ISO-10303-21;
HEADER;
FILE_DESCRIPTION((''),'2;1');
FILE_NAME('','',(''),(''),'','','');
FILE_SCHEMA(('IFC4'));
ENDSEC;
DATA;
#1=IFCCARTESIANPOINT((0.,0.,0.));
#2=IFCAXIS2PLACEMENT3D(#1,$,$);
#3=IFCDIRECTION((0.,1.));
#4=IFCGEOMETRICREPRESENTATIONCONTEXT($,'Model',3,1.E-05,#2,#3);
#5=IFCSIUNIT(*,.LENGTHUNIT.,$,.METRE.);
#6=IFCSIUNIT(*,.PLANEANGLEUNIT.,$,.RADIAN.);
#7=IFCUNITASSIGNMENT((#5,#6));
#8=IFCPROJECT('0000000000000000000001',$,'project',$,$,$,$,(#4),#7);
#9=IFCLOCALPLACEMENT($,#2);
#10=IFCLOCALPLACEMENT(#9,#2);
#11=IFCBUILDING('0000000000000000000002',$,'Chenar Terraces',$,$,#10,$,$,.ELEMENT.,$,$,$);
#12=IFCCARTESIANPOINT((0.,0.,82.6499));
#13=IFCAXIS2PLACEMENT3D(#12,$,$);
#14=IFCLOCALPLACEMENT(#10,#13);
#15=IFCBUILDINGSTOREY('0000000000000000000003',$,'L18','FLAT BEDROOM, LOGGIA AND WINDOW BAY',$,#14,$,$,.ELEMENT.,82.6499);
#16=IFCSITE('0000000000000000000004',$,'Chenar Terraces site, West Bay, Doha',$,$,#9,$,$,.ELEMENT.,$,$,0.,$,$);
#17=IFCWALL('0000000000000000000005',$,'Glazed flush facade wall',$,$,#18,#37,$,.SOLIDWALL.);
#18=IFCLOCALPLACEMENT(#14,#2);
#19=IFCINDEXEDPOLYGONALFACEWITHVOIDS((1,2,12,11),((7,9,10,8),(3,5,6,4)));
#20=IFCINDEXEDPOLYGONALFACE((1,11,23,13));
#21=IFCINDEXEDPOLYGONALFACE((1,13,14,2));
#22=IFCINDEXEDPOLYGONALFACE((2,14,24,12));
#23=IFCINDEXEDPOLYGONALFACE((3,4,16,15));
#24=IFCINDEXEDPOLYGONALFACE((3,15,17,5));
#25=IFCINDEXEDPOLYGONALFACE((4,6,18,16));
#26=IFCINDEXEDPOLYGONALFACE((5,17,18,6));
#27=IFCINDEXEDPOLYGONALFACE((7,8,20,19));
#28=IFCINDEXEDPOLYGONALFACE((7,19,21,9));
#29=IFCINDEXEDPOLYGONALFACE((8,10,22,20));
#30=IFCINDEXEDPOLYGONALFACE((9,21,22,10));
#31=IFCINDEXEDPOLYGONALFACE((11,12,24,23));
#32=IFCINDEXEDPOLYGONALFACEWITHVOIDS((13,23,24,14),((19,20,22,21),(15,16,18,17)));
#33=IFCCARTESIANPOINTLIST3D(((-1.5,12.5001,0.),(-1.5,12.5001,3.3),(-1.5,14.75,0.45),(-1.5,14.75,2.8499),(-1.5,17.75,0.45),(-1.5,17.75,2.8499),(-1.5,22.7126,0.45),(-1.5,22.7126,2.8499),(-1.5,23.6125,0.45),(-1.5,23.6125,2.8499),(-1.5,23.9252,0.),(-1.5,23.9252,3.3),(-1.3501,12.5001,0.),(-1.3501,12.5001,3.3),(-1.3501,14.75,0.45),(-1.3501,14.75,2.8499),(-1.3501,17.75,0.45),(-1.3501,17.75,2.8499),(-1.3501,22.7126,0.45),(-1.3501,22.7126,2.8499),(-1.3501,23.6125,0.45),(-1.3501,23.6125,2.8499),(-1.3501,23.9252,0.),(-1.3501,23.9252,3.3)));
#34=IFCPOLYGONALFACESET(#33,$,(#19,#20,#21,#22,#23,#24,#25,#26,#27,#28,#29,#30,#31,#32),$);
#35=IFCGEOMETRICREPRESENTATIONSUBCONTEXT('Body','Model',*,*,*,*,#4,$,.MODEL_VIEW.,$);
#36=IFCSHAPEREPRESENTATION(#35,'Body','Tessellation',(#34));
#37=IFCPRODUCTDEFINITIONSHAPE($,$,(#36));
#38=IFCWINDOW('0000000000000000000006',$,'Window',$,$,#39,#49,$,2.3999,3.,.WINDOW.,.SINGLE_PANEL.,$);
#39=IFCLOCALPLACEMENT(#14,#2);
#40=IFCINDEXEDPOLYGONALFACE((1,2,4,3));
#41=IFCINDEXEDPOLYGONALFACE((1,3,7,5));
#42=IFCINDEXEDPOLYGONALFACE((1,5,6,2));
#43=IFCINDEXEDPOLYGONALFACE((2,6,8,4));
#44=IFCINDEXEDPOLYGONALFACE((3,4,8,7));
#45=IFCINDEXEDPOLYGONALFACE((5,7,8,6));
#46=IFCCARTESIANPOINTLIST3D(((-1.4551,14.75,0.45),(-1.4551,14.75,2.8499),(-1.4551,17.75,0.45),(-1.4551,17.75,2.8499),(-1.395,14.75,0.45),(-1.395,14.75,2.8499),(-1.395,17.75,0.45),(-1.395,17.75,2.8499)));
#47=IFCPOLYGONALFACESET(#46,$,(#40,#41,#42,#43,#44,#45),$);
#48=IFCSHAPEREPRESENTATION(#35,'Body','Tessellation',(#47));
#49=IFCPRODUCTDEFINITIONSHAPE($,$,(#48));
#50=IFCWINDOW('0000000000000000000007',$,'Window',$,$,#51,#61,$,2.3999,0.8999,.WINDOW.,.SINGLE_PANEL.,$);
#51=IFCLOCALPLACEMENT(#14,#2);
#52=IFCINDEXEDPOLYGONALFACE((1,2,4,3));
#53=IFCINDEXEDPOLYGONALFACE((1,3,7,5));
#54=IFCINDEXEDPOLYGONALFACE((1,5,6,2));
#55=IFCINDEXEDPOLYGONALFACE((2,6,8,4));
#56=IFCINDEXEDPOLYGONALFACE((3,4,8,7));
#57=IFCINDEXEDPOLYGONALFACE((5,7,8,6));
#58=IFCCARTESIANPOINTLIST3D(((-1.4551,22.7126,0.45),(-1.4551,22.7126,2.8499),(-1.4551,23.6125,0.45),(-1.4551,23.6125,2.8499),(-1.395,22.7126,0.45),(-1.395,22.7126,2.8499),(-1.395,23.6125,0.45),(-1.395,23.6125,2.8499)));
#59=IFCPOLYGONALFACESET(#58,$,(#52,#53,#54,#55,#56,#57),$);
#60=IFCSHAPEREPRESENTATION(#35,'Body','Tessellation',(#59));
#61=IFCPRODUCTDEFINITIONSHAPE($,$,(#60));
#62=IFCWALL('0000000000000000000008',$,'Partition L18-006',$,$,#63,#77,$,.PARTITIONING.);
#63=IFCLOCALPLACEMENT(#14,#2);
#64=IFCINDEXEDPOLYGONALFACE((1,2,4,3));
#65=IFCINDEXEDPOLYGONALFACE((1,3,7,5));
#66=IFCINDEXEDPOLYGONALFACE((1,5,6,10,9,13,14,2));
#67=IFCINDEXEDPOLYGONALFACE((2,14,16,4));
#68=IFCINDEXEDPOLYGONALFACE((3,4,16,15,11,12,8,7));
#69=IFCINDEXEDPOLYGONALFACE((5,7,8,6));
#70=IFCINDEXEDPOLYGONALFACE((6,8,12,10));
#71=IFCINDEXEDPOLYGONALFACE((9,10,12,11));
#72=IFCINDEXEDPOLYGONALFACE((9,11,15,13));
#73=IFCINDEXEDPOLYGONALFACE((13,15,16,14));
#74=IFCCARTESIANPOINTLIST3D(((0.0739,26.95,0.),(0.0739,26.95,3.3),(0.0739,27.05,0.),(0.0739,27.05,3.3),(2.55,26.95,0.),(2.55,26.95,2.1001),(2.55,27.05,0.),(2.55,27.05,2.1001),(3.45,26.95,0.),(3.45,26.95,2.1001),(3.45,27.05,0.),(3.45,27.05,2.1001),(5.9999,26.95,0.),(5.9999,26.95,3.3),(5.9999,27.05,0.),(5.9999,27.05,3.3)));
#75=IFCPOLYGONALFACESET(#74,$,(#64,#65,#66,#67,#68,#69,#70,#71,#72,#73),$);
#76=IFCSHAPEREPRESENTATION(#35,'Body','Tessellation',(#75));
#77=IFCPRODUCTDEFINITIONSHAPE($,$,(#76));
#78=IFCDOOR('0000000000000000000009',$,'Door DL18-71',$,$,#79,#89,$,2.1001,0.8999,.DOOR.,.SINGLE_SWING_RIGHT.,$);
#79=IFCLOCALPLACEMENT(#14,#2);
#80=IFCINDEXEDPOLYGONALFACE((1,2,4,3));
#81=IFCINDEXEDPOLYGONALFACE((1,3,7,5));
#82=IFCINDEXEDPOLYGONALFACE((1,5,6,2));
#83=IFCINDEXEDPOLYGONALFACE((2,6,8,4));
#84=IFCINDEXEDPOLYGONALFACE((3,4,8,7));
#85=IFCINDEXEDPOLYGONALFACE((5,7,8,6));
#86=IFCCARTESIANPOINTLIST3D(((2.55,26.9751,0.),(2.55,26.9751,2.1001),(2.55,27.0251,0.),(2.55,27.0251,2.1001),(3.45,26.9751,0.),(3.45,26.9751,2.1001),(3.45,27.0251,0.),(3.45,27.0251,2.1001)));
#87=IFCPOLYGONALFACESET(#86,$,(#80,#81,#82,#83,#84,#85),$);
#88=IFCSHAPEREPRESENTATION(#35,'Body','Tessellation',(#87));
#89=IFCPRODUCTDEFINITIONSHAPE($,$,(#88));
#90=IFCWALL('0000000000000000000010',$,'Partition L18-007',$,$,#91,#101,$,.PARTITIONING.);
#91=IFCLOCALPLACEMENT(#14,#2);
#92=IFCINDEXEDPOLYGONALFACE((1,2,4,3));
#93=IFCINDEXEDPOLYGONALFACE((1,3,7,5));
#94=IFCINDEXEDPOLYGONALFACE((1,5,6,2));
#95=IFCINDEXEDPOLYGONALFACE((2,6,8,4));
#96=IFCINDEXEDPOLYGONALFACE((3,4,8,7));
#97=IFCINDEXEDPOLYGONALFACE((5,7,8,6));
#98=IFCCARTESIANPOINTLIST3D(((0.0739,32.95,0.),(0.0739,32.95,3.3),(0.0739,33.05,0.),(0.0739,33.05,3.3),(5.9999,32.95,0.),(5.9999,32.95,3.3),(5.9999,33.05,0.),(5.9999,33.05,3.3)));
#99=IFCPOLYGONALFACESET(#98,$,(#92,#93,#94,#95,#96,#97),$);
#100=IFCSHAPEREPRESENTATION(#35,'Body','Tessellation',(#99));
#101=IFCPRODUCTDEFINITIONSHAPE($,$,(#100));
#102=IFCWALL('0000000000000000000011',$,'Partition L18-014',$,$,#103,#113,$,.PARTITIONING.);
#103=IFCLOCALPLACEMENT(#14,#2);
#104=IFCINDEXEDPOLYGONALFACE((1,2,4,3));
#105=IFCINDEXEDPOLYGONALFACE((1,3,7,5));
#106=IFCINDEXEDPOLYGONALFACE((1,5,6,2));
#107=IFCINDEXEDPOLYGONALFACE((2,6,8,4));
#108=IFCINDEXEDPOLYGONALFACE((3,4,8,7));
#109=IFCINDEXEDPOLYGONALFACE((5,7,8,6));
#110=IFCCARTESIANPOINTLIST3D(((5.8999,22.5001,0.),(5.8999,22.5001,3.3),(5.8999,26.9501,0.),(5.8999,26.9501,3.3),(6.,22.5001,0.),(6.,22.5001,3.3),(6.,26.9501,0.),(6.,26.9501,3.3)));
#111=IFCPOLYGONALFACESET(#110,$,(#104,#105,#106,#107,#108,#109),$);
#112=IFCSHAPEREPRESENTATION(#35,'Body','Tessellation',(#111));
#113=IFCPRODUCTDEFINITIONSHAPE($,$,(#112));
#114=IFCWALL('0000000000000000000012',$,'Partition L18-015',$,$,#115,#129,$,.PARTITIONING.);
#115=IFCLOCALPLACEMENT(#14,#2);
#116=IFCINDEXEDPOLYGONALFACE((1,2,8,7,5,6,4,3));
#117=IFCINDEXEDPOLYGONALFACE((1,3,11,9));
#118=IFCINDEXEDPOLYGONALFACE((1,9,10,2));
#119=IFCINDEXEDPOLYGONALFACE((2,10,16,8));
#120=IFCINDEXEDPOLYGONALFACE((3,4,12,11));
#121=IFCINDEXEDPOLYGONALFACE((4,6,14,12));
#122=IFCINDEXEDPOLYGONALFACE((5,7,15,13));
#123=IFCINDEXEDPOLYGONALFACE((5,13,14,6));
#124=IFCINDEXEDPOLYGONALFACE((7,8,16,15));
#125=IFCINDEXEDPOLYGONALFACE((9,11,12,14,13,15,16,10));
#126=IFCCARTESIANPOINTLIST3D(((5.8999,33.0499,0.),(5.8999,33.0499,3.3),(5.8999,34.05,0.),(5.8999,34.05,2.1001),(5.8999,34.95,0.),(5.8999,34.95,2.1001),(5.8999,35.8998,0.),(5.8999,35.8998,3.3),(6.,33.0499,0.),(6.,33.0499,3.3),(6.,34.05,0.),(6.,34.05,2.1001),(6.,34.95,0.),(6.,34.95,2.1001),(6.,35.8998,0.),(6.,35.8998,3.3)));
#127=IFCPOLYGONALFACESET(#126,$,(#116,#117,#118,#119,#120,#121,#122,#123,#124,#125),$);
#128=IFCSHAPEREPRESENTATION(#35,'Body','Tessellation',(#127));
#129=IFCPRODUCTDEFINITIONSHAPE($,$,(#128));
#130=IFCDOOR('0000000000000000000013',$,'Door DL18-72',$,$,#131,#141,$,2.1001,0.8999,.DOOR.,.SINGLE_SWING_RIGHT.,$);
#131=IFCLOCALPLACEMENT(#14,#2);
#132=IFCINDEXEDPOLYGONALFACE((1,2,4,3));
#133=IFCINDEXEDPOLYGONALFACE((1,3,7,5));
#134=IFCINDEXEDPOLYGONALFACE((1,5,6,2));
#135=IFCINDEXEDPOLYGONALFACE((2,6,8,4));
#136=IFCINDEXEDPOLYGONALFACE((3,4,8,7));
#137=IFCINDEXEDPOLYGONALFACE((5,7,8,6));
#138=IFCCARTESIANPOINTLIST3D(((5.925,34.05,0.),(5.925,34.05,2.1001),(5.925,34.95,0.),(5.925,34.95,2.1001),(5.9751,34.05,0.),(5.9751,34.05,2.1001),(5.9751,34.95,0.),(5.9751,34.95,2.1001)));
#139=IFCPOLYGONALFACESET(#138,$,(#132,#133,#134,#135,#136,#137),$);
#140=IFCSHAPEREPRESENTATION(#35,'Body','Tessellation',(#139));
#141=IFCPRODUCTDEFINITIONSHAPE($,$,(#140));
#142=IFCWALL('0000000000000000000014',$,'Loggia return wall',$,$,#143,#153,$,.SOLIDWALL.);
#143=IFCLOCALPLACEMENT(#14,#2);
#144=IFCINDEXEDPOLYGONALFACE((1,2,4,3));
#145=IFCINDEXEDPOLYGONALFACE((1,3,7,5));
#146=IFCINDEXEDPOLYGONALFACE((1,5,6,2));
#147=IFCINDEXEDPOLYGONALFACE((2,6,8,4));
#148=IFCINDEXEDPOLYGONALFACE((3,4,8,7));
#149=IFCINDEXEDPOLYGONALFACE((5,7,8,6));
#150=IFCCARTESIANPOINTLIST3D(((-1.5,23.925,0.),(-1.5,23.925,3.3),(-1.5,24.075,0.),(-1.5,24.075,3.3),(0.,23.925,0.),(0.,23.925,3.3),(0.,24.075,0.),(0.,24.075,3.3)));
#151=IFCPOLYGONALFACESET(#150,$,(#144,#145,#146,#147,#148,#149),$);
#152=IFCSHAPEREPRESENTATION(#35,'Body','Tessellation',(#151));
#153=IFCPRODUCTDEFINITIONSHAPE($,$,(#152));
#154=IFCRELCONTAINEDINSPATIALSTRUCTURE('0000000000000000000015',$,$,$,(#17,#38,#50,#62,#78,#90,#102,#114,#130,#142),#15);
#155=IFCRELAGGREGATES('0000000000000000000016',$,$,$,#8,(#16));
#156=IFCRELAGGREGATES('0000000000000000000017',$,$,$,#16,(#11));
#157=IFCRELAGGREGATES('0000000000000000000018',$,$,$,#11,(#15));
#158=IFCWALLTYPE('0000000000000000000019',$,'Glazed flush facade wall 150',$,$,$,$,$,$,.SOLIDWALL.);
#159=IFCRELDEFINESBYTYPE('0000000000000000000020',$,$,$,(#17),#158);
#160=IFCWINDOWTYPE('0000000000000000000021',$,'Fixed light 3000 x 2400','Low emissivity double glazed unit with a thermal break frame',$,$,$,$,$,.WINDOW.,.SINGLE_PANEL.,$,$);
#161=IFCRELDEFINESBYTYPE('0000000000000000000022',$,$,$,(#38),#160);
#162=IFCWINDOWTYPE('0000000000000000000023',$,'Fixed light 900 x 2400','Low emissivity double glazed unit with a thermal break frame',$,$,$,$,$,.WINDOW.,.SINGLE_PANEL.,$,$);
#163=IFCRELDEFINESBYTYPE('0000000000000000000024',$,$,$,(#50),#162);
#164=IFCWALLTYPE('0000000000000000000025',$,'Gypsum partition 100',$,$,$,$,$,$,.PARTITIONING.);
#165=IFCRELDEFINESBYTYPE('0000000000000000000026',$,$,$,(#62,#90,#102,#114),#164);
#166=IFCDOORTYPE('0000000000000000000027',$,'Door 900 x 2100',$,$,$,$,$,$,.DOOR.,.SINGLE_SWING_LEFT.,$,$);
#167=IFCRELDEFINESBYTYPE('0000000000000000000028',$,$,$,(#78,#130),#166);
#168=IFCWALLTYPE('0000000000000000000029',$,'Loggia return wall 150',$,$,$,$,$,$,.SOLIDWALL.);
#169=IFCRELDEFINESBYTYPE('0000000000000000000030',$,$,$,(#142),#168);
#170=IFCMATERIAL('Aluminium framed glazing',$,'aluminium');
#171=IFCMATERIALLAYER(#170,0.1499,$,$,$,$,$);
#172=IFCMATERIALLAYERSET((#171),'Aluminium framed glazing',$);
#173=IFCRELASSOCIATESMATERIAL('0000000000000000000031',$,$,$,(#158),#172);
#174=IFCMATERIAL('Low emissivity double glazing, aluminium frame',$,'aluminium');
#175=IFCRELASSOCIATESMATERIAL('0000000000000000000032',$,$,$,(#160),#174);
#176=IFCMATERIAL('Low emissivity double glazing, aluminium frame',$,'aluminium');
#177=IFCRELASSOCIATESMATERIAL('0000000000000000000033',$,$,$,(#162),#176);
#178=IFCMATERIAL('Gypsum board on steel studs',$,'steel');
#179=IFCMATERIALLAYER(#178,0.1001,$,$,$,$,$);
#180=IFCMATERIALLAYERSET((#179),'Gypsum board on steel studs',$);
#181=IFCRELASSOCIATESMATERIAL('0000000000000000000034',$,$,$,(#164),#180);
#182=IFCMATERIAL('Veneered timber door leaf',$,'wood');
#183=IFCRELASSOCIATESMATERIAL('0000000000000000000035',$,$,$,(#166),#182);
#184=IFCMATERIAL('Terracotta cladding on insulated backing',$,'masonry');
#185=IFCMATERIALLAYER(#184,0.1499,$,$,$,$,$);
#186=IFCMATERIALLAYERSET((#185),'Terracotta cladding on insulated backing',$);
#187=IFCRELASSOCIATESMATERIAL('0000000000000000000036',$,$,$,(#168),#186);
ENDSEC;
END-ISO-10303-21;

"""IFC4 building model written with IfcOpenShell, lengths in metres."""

from ifc_helpers import new_model, si_unit, direction, frame, frame_2d, origin, place, context, subcontext, project, spatial, rectangle, extrude, material, layer, layer_set, type_object, element, fill, save


model = new_model("IFC4")

# Units and contexts
model_context = context("Model", 3, precision=1e-05, world=origin(), true_north=direction((0.0, 1.0)))
body_context = subcontext(model_context, "Body", "Model", "MODEL_VIEW")
ifc_project = project(units=[si_unit("LENGTHUNIT", "METRE"), si_unit("PLANEANGLEUNIT", "RADIAN")], contexts=[model_context])

# Site, building, storey
site_placement = place(None, origin())
site = spatial("IfcSite", under=ifc_project, at=site_placement, Name="Chenar Terraces site, West Bay, Doha", CompositionType="ELEMENT", RefElevation=0.0)
building_placement = place(site_placement, origin())
building = spatial("IfcBuilding", under=site, at=building_placement, Name="Chenar Terraces", CompositionType="ELEMENT")
storey_placement = place(building_placement, frame((0.0, 0.0, 82.6499)))
storey = spatial("IfcBuildingStorey", under=building, at=storey_placement, Name="L18", Description="FLAT BEDROOM, LOGGIA AND WINDOW BAY", CompositionType="ELEMENT", Elevation=82.6499)

# Wall, openings, windows
ifc_material_1 = material(Name="Aluminium framed glazing", Category="aluminium")
ifc_layer_1 = layer(ifc_material_1, 0.1499)
ifc_layer_set_1 = layer_set([ifc_layer_1], Name="Aluminium framed glazing")
wall_type_1 = type_object("IfcWallType", Name="Glazed flush facade wall 150", PredefinedType="SOLIDWALL", material=ifc_layer_set_1)
wall_1_placement = place(storey_placement, frame((-1.425, 23.925, 0.0), z_axis=(0.0, 0.0, 1.0), x_axis=(0.0, -1.0, 0.0)))
wall_1 = element("IfcWall", 1, at=wall_1_placement, inside=storey, type_object=wall_type_1, Name="Glazed flush facade wall", PredefinedType="SOLIDWALL", context=body_context, shape_type="SweptSolid", body=[
    extrude(rectangle(XDim=11.425, YDim=0.1499, at=frame_2d((5.7124, 0.0))), origin(), (0.0, 0.0, 1.0), 3.3),
])
opening_1_placement = place(wall_1_placement, frame((0.3125, 0.0, 0.45)))
opening_1 = element("IfcOpeningElement", 2, at=opening_1_placement, cuts=wall_1, PredefinedType="OPENING", context=body_context, shape_type="SweptSolid", body=[
    extrude(rectangle(XDim=0.8999, YDim=2.3999, at=frame_2d((0.45, 1.2))), frame((0.0, 0.085, 0.0), z_axis=(0.0, -1.0, 0.0), x_axis=(1.0, 0.0, 0.0)), (0.0, 0.0, 1.0), 0.1699),
])
opening_2_placement = place(wall_1_placement, frame((6.175, 0.0, 0.45)))
opening_2 = element("IfcOpeningElement", 3, at=opening_2_placement, cuts=wall_1, PredefinedType="OPENING", context=body_context, shape_type="SweptSolid", body=[
    extrude(rectangle(XDim=3.0, YDim=2.3999, at=frame_2d((1.5, 1.2))), frame((0.0, 0.085, 0.0), z_axis=(0.0, -1.0, 0.0), x_axis=(1.0, 0.0, 0.0)), (0.0, 0.0, 1.0), 0.1699),
])
ifc_material_2 = material(Name="Low emissivity double glazing, aluminium frame", Category="aluminium")
window_type_1 = type_object("IfcWindowType", Name="Fixed light 3000 x 2400", Description="Low emissivity double glazed unit with a thermal break frame", PartitioningType="SINGLE_PANEL", PredefinedType="WINDOW", material=ifc_material_2)
window_1_placement = place(opening_2_placement, origin())
window_1 = element("IfcWindow", 4, at=window_1_placement, inside=storey, type_object=window_type_1, Name="Window", OverallHeight=2.3999, OverallWidth=3.0, PartitioningType="SINGLE_PANEL", PredefinedType="WINDOW", context=body_context, shape_type="SweptSolid", body=[
    extrude(rectangle(XDim=3.0, YDim=2.3999, at=frame_2d((1.5, 1.2))), frame((0.0, 0.03, 0.0), z_axis=(0.0, -1.0, 0.0), x_axis=(1.0, 0.0, 0.0)), (0.0, 0.0, 1.0), 0.0601),
])
fill(opening_2, window_1)
ifc_material_3 = material(Name="Low emissivity double glazing, aluminium frame", Category="aluminium")
window_type_2 = type_object("IfcWindowType", Name="Fixed light 900 x 2400", Description="Low emissivity double glazed unit with a thermal break frame", PartitioningType="SINGLE_PANEL", PredefinedType="WINDOW", material=ifc_material_3)
window_2_placement = place(opening_1_placement, origin())
window_2 = element("IfcWindow", 5, at=window_2_placement, inside=storey, type_object=window_type_2, Name="Window", OverallHeight=2.3999, OverallWidth=0.8999, PartitioningType="SINGLE_PANEL", PredefinedType="WINDOW", context=body_context, shape_type="SweptSolid", body=[
    extrude(rectangle(XDim=0.8999, YDim=2.3999, at=frame_2d((0.45, 1.2))), frame((0.0, 0.03, 0.0), z_axis=(0.0, -1.0, 0.0), x_axis=(1.0, 0.0, 0.0)), (0.0, 0.0, 1.0), 0.0601),
])
fill(opening_1, window_2)

# Wall, opening, door
ifc_material_4 = material(Name="Gypsum board on steel studs", Category="steel")
ifc_layer_2 = layer(ifc_material_4, 0.1001)
ifc_layer_set_2 = layer_set([ifc_layer_2], Name="Gypsum board on steel studs")
wall_type_2 = type_object("IfcWallType", Name="Gypsum partition 100", PredefinedType="PARTITIONING", material=ifc_layer_set_2)
wall_2_placement = place(storey_placement, frame((0.074, 27.0, 0.0), z_axis=(0.0, 0.0, 1.0), x_axis=(1.0, 0.0, 0.0)))
wall_2 = element("IfcWall", 6, at=wall_2_placement, inside=storey, type_object=wall_type_2, Name="Partition L18-006", PredefinedType="PARTITIONING", context=body_context, shape_type="SweptSolid", body=[
    extrude(rectangle(XDim=5.926, YDim=0.1001, at=frame_2d((2.9629, 0.0))), origin(), (0.0, 0.0, 1.0), 3.3),
])
opening_3_placement = place(wall_2_placement, frame((2.4761, 0.0, 0.0)))
opening_3 = element("IfcOpeningElement", 7, at=opening_3_placement, cuts=wall_2, PredefinedType="OPENING", context=body_context, shape_type="SweptSolid", body=[
    extrude(rectangle(XDim=0.8999, YDim=2.1001, at=frame_2d((0.45, 1.05))), frame((0.0, 0.0601, 0.0), z_axis=(0.0, -1.0, 0.0), x_axis=(1.0, 0.0, 0.0)), (0.0, 0.0, 1.0), 0.1201),
])
ifc_material_5 = material(Name="Veneered timber door leaf", Category="wood")
door_type_1 = type_object("IfcDoorType", Name="Door 900 x 2100", OperationType="SINGLE_SWING_LEFT", PredefinedType="DOOR", material=ifc_material_5)
door_1_placement = place(opening_3_placement, frame((0.8999, 0.0, 0.0), z_axis=(0.0, 0.0, 1.0), x_axis=(-1.0, 0.0, 0.0)))
door_1 = element("IfcDoor", 8, at=door_1_placement, inside=storey, type_object=door_type_1, Name="Door DL18-71", OperationType="SINGLE_SWING_RIGHT", OverallHeight=2.1001, OverallWidth=0.8999, PredefinedType="DOOR", context=body_context, shape_type="SweptSolid", body=[
    extrude(rectangle(XDim=0.8999, YDim=2.1001, at=frame_2d((0.45, 1.05))), frame((0.0, 0.0249, 0.0), z_axis=(0.0, -1.0, 0.0), x_axis=(1.0, 0.0, 0.0)), (0.0, 0.0, 1.0), 0.05),
])
fill(opening_3, door_1)

# Walls
wall_3_placement = place(storey_placement, frame((0.074, 33.0, 0.0), z_axis=(0.0, 0.0, 1.0), x_axis=(1.0, 0.0, 0.0)))
element("IfcWall", 9, at=wall_3_placement, inside=storey, type_object=wall_type_2, Name="Partition L18-007", PredefinedType="PARTITIONING", context=body_context, shape_type="SweptSolid", body=[
    extrude(rectangle(XDim=5.926, YDim=0.1001, at=frame_2d((2.9629, 0.0))), origin(), (0.0, 0.0, 1.0), 3.3),
])
wall_4_placement = place(storey_placement, frame((5.95, 22.5, 0.0), z_axis=(0.0, 0.0, 1.0), x_axis=(0.0, 1.0, 0.0)))
element("IfcWall", 10, at=wall_4_placement, inside=storey, type_object=wall_type_2, Name="Partition L18-014", PredefinedType="PARTITIONING", context=body_context, shape_type="SweptSolid", body=[
    extrude(rectangle(XDim=4.45, YDim=0.1001, at=frame_2d((2.2251, 0.0))), origin(), (0.0, 0.0, 1.0), 3.3),
])

# Wall, opening, door
wall_5_placement = place(storey_placement, frame((5.95, 33.05, 0.0), z_axis=(0.0, 0.0, 1.0), x_axis=(0.0, 1.0, 0.0)))
wall_5 = element("IfcWall", 11, at=wall_5_placement, inside=storey, type_object=wall_type_2, Name="Partition L18-015", PredefinedType="PARTITIONING", context=body_context, shape_type="SweptSolid", body=[
    extrude(rectangle(XDim=2.8499, YDim=0.1001, at=frame_2d((1.4248, 0.0))), origin(), (0.0, 0.0, 1.0), 3.3),
])
opening_4_placement = place(wall_5_placement, frame((1.0, 0.0, 0.0)))
opening_4 = element("IfcOpeningElement", 12, at=opening_4_placement, cuts=wall_5, PredefinedType="OPENING", context=body_context, shape_type="SweptSolid", body=[
    extrude(rectangle(XDim=0.8999, YDim=2.1001, at=frame_2d((0.45, 1.05))), frame((0.0, 0.0601, 0.0), z_axis=(0.0, -1.0, 0.0), x_axis=(1.0, 0.0, 0.0)), (0.0, 0.0, 1.0), 0.1201),
])
door_2_placement = place(opening_4_placement, origin())
door_2 = element("IfcDoor", 13, at=door_2_placement, inside=storey, type_object=door_type_1, Name="Door DL18-72", OperationType="SINGLE_SWING_RIGHT", OverallHeight=2.1001, OverallWidth=0.8999, PredefinedType="DOOR", context=body_context, shape_type="SweptSolid", body=[
    extrude(rectangle(XDim=0.8999, YDim=2.1001, at=frame_2d((0.45, 1.05))), frame((0.0, 0.0249, 0.0), z_axis=(0.0, -1.0, 0.0), x_axis=(1.0, 0.0, 0.0)), (0.0, 0.0, 1.0), 0.05),
])
fill(opening_4, door_2)

# Wall
ifc_material_6 = material(Name="Terracotta cladding on insulated backing", Category="masonry")
ifc_layer_3 = layer(ifc_material_6, 0.1499)
ifc_layer_set_3 = layer_set([ifc_layer_3], Name="Terracotta cladding on insulated backing")
wall_type_3 = type_object("IfcWallType", Name="Loggia return wall 150", PredefinedType="SOLIDWALL", material=ifc_layer_set_3)
wall_6_placement = place(storey_placement, frame((-1.5, 24.0, 0.0), z_axis=(0.0, 0.0, 1.0), x_axis=(1.0, 0.0, 0.0)))
element("IfcWall", 14, at=wall_6_placement, inside=storey, type_object=wall_type_3, Name="Loggia return wall", PredefinedType="SOLIDWALL", context=body_context, shape_type="SweptSolid", body=[
    extrude(rectangle(XDim=1.5, YDim=0.1499, at=frame_2d((0.75, 0.0))), origin(), (0.0, 0.0, 1.0), 3.3),
])

save(model, "model.ifc")
